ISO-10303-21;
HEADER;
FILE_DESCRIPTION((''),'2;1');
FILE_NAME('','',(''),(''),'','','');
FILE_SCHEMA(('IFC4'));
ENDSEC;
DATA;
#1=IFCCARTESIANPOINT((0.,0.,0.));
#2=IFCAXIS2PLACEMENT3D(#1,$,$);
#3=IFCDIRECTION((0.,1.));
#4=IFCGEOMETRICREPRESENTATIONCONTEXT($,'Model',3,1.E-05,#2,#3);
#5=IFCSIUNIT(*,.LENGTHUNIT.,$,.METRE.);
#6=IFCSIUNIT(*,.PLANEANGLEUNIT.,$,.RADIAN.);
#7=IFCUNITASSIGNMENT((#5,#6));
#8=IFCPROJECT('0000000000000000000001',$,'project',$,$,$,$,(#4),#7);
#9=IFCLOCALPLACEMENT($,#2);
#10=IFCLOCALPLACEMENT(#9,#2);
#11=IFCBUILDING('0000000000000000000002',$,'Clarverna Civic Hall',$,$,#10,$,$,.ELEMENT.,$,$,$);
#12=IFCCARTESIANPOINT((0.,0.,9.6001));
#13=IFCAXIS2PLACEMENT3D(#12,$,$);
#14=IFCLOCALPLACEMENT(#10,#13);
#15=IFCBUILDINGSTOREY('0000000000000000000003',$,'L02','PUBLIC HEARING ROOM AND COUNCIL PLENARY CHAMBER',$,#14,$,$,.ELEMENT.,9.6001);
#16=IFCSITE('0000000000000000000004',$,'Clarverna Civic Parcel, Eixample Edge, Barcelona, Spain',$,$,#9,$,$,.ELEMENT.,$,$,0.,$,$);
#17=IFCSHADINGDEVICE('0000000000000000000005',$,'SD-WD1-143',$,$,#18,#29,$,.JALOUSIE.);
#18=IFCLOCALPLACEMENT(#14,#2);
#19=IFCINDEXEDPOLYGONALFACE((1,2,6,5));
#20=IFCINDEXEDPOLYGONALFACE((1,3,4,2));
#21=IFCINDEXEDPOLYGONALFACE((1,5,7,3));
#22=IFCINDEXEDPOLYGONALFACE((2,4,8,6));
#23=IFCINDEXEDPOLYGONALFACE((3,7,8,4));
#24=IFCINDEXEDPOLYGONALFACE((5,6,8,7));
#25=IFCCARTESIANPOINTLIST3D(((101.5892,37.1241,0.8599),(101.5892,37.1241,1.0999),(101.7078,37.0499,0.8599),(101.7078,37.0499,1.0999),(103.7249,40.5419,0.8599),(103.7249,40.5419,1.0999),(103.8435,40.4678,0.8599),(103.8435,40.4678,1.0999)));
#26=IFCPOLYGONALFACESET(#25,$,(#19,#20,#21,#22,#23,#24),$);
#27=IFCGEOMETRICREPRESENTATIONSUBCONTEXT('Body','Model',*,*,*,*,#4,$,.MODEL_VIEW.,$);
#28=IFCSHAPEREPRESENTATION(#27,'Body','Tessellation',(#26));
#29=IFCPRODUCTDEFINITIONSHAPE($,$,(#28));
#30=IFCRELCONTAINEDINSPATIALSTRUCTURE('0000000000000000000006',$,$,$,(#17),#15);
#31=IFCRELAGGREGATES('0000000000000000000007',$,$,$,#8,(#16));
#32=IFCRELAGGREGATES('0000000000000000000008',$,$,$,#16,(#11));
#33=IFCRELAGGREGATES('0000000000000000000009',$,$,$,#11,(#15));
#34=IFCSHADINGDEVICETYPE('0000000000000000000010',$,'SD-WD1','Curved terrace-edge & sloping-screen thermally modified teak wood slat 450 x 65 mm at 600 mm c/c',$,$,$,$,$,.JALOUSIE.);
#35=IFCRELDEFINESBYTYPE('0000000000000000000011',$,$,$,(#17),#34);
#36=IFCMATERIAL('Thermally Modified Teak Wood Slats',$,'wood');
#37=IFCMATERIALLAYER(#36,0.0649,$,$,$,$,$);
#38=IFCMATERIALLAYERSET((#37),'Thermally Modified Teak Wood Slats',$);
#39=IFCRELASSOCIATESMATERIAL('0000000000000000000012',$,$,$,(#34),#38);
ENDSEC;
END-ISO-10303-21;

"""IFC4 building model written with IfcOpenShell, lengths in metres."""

from ifc_helpers import new_model, si_unit, direction, frame, frame_2d, origin, place, context, subcontext, project, spatial, rectangle, extrude, material, layer, layer_set, type_object, element, save


model = new_model("IFC4")

# Units and contexts
model_context = context("Model", 3, precision=1e-05, world=origin(), true_north=direction((0.0, 1.0)))
body_context = subcontext(model_context, "Body", "Model", "MODEL_VIEW")
ifc_project = project(units=[si_unit("LENGTHUNIT", "METRE"), si_unit("PLANEANGLEUNIT", "RADIAN")], contexts=[model_context])

# Site, building, storey
site_placement = place(None, origin())
site = spatial("IfcSite", under=ifc_project, at=site_placement, Name="Clarverna Civic Parcel, Eixample Edge, Barcelona, Spain", CompositionType="ELEMENT", RefElevation=0.0)
building_placement = place(site_placement, origin())
building = spatial("IfcBuilding", under=site, at=building_placement, Name="Clarverna Civic Hall", CompositionType="ELEMENT")
storey_placement = place(building_placement, frame((0.0, 0.0, 9.6001)))
storey = spatial("IfcBuildingStorey", under=building, at=storey_placement, Name="L02", Description="PUBLIC HEARING ROOM AND COUNCIL PLENARY CHAMBER", CompositionType="ELEMENT", Elevation=9.6001)

# Shading device
ifc_material_1 = material(Name="Thermally Modified Teak Wood Slats", Category="wood")
ifc_layer_1 = layer(ifc_material_1, 0.0649)
ifc_layer_set_1 = layer_set([ifc_layer_1], Name="Thermally Modified Teak Wood Slats")
shading_device_type = type_object("IfcShadingDeviceType", Name="SD-WD1", Description="Curved terrace-edge & sloping-screen thermally modified teak wood slat 450 x 65 mm at 600 mm c/c", PredefinedType="JALOUSIE", material=ifc_layer_set_1)
shading_device_1_placement = place(storey_placement, frame((103.7842, 40.5049, 0.8599), z_axis=(0.0, 0.0, 1.0), x_axis=(-0.529912, -0.848053, 0.0)))
element("IfcShadingDevice", 1, at=shading_device_1_placement, inside=storey, type_object=shading_device_type, Name="SD-WD1-143", PredefinedType="JALOUSIE", context=body_context, shape_type="SweptSolid", body=[
    extrude(rectangle(XDim=4.0303, YDim=0.1399, at=frame_2d((2.0151, 0.0))), origin(), (0.0, 0.0, 1.0), 0.24),
])

save(model, "model.ifc")
